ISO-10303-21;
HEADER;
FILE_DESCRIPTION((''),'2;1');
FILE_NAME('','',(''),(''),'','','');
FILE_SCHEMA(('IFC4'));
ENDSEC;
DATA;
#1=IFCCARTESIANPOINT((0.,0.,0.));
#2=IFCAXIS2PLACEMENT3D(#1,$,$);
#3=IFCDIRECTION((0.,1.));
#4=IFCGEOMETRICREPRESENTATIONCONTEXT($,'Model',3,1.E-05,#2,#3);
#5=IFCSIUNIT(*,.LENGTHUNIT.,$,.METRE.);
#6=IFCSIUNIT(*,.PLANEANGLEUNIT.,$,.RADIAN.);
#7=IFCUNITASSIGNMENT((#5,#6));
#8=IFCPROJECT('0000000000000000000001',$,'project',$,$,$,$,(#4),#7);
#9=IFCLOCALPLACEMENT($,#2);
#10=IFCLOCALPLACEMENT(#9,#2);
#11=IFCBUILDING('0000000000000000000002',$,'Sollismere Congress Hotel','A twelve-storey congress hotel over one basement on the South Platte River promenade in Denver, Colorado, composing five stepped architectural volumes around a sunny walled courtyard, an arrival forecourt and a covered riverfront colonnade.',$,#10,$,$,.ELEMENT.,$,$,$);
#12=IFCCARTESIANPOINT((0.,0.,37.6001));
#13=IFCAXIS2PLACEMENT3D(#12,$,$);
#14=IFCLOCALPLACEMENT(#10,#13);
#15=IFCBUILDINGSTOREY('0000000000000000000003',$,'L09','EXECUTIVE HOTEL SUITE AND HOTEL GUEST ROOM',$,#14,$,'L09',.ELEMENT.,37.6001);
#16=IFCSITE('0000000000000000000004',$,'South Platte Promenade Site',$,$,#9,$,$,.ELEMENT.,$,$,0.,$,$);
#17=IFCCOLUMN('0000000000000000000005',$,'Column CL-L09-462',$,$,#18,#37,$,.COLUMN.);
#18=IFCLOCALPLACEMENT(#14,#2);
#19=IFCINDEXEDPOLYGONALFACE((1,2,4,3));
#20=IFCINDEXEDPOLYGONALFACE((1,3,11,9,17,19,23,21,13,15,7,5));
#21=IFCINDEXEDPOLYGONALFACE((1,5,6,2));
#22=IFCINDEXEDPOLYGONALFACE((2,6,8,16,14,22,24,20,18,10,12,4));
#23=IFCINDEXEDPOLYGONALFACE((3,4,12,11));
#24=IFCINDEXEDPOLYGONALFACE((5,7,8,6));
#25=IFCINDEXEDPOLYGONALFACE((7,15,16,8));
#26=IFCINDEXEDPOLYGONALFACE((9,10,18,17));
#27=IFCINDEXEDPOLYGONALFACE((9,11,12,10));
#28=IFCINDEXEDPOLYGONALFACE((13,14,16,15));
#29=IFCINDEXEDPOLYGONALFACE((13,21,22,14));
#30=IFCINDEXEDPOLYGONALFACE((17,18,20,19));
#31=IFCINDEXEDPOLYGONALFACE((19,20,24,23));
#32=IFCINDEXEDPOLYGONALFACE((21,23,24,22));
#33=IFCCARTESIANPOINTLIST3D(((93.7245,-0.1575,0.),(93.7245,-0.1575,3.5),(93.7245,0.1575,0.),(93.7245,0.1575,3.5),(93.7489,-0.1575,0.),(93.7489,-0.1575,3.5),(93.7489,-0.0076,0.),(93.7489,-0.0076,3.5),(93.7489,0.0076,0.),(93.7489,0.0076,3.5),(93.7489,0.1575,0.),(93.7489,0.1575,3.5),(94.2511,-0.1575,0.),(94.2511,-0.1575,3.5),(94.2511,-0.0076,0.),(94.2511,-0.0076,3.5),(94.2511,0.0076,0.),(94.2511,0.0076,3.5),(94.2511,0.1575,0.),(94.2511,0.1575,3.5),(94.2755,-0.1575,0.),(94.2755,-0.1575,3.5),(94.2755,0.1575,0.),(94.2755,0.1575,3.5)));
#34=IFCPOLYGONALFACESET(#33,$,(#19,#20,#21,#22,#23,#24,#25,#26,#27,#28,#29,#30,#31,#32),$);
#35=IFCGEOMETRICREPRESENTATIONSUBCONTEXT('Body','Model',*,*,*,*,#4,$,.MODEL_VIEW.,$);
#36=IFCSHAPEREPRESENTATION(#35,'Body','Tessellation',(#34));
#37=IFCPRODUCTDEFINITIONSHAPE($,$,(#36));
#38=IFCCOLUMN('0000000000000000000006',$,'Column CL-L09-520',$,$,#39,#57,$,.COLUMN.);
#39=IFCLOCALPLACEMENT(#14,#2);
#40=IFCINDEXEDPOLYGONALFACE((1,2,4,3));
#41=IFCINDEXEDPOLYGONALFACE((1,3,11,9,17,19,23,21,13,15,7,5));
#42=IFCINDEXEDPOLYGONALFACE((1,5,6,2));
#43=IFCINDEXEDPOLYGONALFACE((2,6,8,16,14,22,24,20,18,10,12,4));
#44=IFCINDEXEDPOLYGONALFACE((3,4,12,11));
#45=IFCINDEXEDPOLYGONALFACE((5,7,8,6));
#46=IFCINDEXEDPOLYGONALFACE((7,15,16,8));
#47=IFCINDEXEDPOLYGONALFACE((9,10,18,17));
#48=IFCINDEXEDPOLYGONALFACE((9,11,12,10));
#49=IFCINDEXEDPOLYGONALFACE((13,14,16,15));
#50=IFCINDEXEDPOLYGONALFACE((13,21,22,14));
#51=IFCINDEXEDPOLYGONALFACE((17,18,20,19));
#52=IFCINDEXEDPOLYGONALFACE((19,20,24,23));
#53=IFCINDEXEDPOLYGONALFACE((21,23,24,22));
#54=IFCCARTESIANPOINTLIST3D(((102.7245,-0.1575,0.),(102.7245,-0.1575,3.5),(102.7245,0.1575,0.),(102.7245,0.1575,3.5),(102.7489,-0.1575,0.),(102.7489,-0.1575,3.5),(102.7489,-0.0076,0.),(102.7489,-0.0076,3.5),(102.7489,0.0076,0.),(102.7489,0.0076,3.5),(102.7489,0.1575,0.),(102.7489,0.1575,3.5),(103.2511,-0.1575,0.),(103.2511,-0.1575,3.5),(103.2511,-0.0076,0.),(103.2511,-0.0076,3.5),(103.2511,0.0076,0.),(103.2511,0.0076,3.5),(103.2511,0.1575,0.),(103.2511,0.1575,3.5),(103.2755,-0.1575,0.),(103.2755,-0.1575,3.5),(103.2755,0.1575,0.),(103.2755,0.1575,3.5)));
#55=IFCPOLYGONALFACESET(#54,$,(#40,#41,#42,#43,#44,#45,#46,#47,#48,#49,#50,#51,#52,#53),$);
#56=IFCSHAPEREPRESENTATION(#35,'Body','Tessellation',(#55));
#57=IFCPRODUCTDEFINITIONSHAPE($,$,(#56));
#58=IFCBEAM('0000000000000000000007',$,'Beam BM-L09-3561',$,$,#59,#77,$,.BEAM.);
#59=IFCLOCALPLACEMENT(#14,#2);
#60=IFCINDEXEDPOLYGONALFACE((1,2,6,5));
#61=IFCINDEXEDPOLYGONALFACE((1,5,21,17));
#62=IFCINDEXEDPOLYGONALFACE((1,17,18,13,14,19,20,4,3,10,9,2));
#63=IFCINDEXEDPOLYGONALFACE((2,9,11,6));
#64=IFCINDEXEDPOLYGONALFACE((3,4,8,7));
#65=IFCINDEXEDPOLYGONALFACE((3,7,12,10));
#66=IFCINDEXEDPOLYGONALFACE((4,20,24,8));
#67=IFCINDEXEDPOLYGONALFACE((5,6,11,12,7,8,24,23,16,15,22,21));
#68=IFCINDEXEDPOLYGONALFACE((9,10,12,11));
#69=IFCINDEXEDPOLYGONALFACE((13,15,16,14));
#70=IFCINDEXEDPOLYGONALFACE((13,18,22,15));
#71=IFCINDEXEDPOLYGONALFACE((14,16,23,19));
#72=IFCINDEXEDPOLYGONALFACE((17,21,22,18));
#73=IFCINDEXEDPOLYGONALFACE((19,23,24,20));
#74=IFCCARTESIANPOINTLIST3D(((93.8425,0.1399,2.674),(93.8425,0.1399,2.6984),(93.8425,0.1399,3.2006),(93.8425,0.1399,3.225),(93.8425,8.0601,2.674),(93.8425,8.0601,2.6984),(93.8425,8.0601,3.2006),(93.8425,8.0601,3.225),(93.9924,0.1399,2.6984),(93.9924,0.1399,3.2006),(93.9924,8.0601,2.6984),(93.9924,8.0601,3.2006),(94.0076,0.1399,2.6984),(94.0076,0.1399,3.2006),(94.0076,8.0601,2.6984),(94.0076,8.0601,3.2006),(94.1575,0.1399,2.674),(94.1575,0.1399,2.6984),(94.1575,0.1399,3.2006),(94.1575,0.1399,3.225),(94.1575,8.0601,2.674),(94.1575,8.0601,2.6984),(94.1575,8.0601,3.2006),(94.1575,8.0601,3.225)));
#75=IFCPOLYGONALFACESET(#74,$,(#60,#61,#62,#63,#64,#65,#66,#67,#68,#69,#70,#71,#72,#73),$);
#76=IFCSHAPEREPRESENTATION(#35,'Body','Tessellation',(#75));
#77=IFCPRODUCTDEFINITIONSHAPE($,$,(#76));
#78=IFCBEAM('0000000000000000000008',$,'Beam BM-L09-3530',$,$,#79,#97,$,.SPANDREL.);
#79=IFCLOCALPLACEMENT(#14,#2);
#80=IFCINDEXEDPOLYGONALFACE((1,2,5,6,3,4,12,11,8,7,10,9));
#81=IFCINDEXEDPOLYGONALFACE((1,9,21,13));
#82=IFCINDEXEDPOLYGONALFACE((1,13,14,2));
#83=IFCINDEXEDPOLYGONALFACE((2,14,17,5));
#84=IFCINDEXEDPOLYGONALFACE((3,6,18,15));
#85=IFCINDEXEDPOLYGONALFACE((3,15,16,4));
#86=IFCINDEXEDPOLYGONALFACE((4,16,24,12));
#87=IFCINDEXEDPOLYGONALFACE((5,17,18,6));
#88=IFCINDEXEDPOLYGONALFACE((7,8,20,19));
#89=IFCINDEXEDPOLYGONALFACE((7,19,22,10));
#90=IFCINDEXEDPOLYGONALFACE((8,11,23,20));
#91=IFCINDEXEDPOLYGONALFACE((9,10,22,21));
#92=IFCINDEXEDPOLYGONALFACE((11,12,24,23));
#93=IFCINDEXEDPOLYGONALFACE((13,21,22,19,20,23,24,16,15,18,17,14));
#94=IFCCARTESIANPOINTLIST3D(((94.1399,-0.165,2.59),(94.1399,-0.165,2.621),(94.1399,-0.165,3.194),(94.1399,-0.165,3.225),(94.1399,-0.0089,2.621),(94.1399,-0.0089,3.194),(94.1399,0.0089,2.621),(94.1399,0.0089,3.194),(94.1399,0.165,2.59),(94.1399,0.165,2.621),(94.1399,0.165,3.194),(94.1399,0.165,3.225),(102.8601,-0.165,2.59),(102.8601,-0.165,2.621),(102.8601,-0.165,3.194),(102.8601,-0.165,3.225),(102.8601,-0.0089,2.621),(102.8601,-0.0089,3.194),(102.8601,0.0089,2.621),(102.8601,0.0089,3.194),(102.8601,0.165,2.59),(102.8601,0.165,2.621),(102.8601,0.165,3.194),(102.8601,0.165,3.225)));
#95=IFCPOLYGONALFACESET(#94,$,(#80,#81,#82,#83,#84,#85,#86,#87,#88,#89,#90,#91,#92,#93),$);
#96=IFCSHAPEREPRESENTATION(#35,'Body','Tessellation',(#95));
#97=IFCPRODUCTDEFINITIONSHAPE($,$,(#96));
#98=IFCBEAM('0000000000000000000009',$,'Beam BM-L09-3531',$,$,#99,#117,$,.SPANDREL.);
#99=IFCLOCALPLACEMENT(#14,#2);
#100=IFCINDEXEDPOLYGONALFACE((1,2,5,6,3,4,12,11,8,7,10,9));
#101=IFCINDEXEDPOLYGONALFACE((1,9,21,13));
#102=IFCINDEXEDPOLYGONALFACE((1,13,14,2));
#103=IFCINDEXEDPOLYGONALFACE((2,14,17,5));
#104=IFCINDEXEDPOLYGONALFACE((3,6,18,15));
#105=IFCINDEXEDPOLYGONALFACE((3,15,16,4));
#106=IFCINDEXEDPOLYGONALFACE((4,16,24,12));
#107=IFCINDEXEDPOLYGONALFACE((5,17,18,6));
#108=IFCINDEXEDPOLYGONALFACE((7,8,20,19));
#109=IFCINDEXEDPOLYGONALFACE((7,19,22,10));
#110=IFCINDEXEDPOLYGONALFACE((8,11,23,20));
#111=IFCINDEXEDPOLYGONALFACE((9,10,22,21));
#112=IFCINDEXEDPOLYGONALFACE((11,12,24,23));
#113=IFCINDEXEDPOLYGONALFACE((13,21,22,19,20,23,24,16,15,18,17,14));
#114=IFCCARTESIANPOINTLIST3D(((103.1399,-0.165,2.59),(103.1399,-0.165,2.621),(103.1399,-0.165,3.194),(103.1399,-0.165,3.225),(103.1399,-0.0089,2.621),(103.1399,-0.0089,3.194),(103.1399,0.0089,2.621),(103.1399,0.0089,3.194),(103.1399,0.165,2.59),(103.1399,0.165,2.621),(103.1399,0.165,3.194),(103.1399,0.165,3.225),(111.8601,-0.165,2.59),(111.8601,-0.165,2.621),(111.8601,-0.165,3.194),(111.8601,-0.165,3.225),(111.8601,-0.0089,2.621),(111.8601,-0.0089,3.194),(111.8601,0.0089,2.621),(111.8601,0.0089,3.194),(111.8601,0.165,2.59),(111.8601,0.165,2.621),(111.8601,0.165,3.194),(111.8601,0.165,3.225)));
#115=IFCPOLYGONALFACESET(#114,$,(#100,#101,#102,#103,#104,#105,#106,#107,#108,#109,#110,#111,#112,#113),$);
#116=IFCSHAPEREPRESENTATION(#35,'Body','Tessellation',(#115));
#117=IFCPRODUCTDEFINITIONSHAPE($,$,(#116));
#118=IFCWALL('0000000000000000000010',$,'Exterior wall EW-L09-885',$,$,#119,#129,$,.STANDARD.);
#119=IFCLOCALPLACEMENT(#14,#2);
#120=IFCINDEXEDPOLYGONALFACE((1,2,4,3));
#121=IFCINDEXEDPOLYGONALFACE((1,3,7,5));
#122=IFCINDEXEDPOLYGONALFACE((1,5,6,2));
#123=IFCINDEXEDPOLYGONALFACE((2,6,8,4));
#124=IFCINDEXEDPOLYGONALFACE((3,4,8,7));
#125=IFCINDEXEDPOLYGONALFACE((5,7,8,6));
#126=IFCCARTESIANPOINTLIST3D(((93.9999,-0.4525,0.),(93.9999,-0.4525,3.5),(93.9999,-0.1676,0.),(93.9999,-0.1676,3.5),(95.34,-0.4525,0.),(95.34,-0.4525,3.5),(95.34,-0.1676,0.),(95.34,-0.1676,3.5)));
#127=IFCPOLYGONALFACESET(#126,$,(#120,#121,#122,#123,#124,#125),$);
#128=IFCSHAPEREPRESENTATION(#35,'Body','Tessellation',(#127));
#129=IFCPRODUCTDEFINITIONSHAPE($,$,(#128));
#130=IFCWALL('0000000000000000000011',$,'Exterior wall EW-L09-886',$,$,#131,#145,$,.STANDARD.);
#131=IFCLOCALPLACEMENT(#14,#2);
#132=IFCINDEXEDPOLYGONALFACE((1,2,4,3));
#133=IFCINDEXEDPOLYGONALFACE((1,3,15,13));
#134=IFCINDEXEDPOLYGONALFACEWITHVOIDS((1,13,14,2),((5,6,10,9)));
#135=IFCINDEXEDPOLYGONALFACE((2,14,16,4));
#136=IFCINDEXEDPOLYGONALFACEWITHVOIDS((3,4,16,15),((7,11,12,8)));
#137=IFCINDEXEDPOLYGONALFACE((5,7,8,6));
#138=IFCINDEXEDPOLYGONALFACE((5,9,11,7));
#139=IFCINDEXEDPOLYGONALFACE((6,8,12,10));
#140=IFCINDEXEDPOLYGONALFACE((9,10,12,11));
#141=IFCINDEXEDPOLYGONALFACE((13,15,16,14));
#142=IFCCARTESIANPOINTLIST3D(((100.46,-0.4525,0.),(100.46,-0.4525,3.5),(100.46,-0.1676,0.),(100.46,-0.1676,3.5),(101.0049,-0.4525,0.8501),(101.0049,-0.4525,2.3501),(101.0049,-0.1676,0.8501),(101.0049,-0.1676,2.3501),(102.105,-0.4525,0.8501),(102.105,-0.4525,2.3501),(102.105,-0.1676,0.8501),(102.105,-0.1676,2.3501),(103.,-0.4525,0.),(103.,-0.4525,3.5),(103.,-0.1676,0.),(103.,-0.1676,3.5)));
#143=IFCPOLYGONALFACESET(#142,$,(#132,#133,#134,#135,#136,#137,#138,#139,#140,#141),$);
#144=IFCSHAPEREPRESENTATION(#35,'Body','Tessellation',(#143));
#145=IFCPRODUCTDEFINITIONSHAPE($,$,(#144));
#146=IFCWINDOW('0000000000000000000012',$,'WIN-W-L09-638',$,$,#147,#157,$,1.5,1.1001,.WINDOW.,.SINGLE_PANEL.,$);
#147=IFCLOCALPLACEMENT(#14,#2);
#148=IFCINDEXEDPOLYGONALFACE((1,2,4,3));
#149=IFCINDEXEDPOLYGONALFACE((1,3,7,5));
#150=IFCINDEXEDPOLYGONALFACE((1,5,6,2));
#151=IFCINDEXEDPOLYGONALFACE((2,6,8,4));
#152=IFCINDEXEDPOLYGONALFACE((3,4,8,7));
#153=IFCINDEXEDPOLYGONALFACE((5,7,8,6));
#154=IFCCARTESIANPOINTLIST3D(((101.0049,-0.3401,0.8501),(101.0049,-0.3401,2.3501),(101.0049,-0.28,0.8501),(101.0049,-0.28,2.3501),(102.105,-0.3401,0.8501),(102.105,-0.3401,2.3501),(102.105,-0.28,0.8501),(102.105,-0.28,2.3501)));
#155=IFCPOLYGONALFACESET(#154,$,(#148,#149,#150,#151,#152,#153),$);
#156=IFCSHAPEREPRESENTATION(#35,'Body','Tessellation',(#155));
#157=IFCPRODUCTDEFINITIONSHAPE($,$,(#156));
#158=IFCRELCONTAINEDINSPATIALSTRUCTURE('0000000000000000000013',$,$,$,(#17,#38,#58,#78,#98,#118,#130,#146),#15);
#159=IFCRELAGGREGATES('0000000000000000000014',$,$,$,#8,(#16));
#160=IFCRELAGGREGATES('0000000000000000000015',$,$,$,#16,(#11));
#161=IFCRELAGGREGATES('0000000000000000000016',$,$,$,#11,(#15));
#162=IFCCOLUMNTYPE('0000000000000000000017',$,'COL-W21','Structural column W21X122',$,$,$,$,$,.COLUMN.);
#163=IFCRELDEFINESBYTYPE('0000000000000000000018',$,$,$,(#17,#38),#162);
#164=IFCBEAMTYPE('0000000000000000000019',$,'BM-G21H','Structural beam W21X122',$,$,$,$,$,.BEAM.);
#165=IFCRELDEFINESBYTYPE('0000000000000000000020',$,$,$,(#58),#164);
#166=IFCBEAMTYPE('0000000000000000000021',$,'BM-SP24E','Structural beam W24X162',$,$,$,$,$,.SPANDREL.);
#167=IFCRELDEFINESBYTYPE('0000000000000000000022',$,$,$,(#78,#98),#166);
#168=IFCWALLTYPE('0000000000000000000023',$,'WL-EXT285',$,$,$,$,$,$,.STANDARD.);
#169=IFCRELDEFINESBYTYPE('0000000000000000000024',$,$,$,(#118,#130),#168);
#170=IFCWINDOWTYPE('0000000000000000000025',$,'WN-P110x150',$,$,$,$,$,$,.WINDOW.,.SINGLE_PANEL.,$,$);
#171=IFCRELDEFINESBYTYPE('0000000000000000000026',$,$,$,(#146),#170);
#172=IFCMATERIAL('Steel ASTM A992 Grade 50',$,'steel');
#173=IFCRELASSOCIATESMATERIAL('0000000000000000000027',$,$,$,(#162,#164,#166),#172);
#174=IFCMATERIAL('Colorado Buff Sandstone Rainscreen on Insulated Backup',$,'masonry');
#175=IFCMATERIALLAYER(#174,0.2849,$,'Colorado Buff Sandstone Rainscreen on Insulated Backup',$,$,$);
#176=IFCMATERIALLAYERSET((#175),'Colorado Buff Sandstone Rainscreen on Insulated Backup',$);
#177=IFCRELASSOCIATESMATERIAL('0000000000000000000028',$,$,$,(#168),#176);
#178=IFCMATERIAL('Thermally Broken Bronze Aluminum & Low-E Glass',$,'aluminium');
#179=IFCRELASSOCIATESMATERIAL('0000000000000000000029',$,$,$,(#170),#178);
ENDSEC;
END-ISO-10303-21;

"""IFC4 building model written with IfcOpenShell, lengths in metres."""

from ifc_helpers import new_model, si_unit, direction, frame, frame_2d, origin, origin_2d, place, context, subcontext, project, spatial, rectangle, i_section, extrude, material, layer, layer_set, material_profile, profile_set, type_object, element, fill, save


model = new_model("IFC4")

# Units and contexts
model_context = context("Model", 3, precision=1e-05, world=origin(), true_north=direction((0.0, 1.0)))
body_context = subcontext(model_context, "Body", "Model", "MODEL_VIEW")
ifc_project = project(units=[si_unit("LENGTHUNIT", "METRE"), si_unit("PLANEANGLEUNIT", "RADIAN")], contexts=[model_context])

# Site, building, storey
site_placement = place(None, origin())
site = spatial("IfcSite", under=ifc_project, at=site_placement, Name="South Platte Promenade Site", CompositionType="ELEMENT", RefElevation=0.0)
building_placement = place(site_placement, origin())
building = spatial("IfcBuilding", under=site, at=building_placement, Name="Sollismere Congress Hotel", Description="A twelve-storey congress hotel over one basement on the South Platte River promenade in Denver, Colorado, composing five stepped architectural volumes around a sunny walled courtyard, an arrival forecourt and a covered riverfront colonnade.", CompositionType="ELEMENT")
storey_placement = place(building_placement, frame((0.0, 0.0, 37.6001)))
storey = spatial("IfcBuildingStorey", under=building, at=storey_placement, Name="L09", Description="EXECUTIVE HOTEL SUITE AND HOTEL GUEST ROOM", LongName="L09", CompositionType="ELEMENT", Elevation=37.6001)

# Columns
ifc_material_1 = material(Name="Steel ASTM A992 Grade 50", Category="steel")
ifc_material_profile_1 = material_profile(ifc_material_1, i_section(OverallWidth=0.3149, OverallDepth=0.551, WebThickness=0.0151, FlangeThickness=0.0244, at=origin_2d()), Name="W21X122")
ifc_profile_set_1 = profile_set([ifc_material_profile_1], Name="Steel ASTM A992 Grade 50")
column_type = type_object("IfcColumnType", Name="COL-W21", Description="Structural column W21X122", PredefinedType="COLUMN", material=ifc_profile_set_1)
for number, where, z_axis, x_axis, name in (
    (1, (94.0, 0.0, 0.0), (0.0, 0.0, 1.0), (0.0, 1.0, 0.0), "Column CL-L09-462"),
    (2, (103.0, 0.0, 0.0), (0.0, 0.0, 1.0), (0.0, 1.0, 0.0), "Column CL-L09-520"),
):
    element("IfcColumn", number, at=place(storey_placement, frame(where, z_axis=z_axis, x_axis=x_axis)), inside=storey, type_object=column_type, Name=name, PredefinedType="COLUMN", context=body_context, shape_type="SweptSolid", body=[
        extrude(i_section(OverallWidth=0.3149, OverallDepth=0.551, WebThickness=0.0151, FlangeThickness=0.0244, at=origin_2d()), origin(), (0.0, 0.0, 1.0), 3.5),
    ])

# Beams
ifc_material_profile_2 = material_profile(ifc_material_1, i_section(OverallWidth=0.3149, OverallDepth=0.551, WebThickness=0.0151, FlangeThickness=0.0244, at=origin_2d()), Name="W21X122")
ifc_profile_set_2 = profile_set([ifc_material_profile_2], Name="Steel ASTM A992 Grade 50")
beam_type_1 = type_object("IfcBeamType", Name="BM-G21H", Description="Structural beam W21X122", PredefinedType="BEAM", material=ifc_profile_set_2)
beam_placement = place(storey_placement, frame((94.0, 0.1399, 2.9495), z_axis=(0.0, 1.0, 0.0), x_axis=(-1.0, 0.0, 0.0)))
element("IfcBeam", 3, at=beam_placement, inside=storey, type_object=beam_type_1, Name="Beam BM-L09-3561", PredefinedType="BEAM", context=body_context, shape_type="SweptSolid", body=[
    extrude(i_section(OverallWidth=0.3149, OverallDepth=0.551, WebThickness=0.0151, FlangeThickness=0.0244, at=origin_2d()), origin(), (0.0, 0.0, 1.0), 7.9202),
])
ifc_material_profile_3 = material_profile(ifc_material_1, i_section(OverallWidth=0.3301, OverallDepth=0.635, WebThickness=0.0178, FlangeThickness=0.031, at=origin_2d()), Name="W24X162")
ifc_profile_set_3 = profile_set([ifc_material_profile_3], Name="Steel ASTM A992 Grade 50")
beam_type_2 = type_object("IfcBeamType", Name="BM-SP24E", Description="Structural beam W24X162", PredefinedType="SPANDREL", material=ifc_profile_set_3)
for number, where, z_axis, x_axis, name in (
    (4, (94.1399, 0.0, 2.9075), (1.0, 0.0, 0.0), (0.0, 1.0, 0.0), "Beam BM-L09-3530"),
    (5, (103.1399, 0.0, 2.9075), (1.0, 0.0, 0.0), (0.0, 1.0, 0.0), "Beam BM-L09-3531"),
):
    element("IfcBeam", number, at=place(storey_placement, frame(where, z_axis=z_axis, x_axis=x_axis)), inside=storey, type_object=beam_type_2, Name=name, PredefinedType="SPANDREL", context=body_context, shape_type="SweptSolid", body=[
        extrude(i_section(OverallWidth=0.3301, OverallDepth=0.635, WebThickness=0.0178, FlangeThickness=0.031, at=origin_2d()), origin(), (0.0, 0.0, 1.0), 8.7202),
    ])

# Wall
ifc_material_2 = material(Name="Colorado Buff Sandstone Rainscreen on Insulated Backup", Category="masonry")
ifc_layer_1 = layer(ifc_material_2, 0.2849, Name="Colorado Buff Sandstone Rainscreen on Insulated Backup")
ifc_layer_set_1 = layer_set([ifc_layer_1], Name="Colorado Buff Sandstone Rainscreen on Insulated Backup")
wall_type_1 = type_object("IfcWallType", Name="WL-EXT285", PredefinedType="STANDARD", material=ifc_layer_set_1)
wall_1_placement = place(storey_placement, frame((94.0, -0.3101, 0.0), z_axis=(0.0, 0.0, 1.0), x_axis=(1.0, 0.0, 0.0)))
element("IfcWall", 6, at=wall_1_placement, inside=storey, type_object=wall_type_1, Name="Exterior wall EW-L09-885", PredefinedType="STANDARD", context=body_context, shape_type="SweptSolid", body=[
    extrude(rectangle(XDim=1.3401, YDim=0.2849, at=frame_2d((0.6699, 0.0))), origin(), (0.0, 0.0, 1.0), 3.5),
])

# Wall, opening, window
wall_2_placement = place(storey_placement, frame((100.46, -0.3101, 0.0), z_axis=(0.0, 0.0, 1.0), x_axis=(1.0, 0.0, 0.0)))
wall_2 = element("IfcWall", 7, at=wall_2_placement, inside=storey, type_object=wall_type_1, Name="Exterior wall EW-L09-886", PredefinedType="STANDARD", context=body_context, shape_type="SweptSolid", body=[
    extrude(rectangle(XDim=2.54, YDim=0.2849, at=frame_2d((1.27, 0.0))), origin(), (0.0, 0.0, 1.0), 3.5),
])
opening_1_placement = place(wall_2_placement, frame((0.5449, 0.0, 0.8501)))
opening_1 = element("IfcOpeningElement", 8, at=opening_1_placement, cuts=wall_2, PredefinedType="OPENING", context=body_context, shape_type="SweptSolid", body=[
    extrude(rectangle(XDim=1.1001, YDim=1.5, at=frame_2d((0.55, 0.75))), frame((0.0, 0.1523, 0.0), z_axis=(0.0, -1.0, 0.0), x_axis=(1.0, 0.0, 0.0)), (0.0, 0.0, 1.0), 0.3049),
])
ifc_material_3 = material(Name="Thermally Broken Bronze Aluminum & Low-E Glass", Category="aluminium")
window_type_1 = type_object("IfcWindowType", Name="WN-P110x150", PartitioningType="SINGLE_PANEL", PredefinedType="WINDOW", material=ifc_material_3)
window_1_placement = place(opening_1_placement, origin())
window_1 = element("IfcWindow", 9, at=window_1_placement, inside=storey, type_object=window_type_1, Name="WIN-W-L09-638", OverallHeight=1.5, OverallWidth=1.1001, PartitioningType="SINGLE_PANEL", PredefinedType="WINDOW", context=body_context, shape_type="SweptSolid", body=[
    extrude(rectangle(XDim=1.1001, YDim=1.5, at=frame_2d((0.55, 0.75))), frame((0.0, 0.03, 0.0), z_axis=(0.0, -1.0, 0.0), x_axis=(1.0, 0.0, 0.0)), (0.0, 0.0, 1.0), 0.0601),
])
fill(opening_1, window_1)

save(model, "model.ifc")
